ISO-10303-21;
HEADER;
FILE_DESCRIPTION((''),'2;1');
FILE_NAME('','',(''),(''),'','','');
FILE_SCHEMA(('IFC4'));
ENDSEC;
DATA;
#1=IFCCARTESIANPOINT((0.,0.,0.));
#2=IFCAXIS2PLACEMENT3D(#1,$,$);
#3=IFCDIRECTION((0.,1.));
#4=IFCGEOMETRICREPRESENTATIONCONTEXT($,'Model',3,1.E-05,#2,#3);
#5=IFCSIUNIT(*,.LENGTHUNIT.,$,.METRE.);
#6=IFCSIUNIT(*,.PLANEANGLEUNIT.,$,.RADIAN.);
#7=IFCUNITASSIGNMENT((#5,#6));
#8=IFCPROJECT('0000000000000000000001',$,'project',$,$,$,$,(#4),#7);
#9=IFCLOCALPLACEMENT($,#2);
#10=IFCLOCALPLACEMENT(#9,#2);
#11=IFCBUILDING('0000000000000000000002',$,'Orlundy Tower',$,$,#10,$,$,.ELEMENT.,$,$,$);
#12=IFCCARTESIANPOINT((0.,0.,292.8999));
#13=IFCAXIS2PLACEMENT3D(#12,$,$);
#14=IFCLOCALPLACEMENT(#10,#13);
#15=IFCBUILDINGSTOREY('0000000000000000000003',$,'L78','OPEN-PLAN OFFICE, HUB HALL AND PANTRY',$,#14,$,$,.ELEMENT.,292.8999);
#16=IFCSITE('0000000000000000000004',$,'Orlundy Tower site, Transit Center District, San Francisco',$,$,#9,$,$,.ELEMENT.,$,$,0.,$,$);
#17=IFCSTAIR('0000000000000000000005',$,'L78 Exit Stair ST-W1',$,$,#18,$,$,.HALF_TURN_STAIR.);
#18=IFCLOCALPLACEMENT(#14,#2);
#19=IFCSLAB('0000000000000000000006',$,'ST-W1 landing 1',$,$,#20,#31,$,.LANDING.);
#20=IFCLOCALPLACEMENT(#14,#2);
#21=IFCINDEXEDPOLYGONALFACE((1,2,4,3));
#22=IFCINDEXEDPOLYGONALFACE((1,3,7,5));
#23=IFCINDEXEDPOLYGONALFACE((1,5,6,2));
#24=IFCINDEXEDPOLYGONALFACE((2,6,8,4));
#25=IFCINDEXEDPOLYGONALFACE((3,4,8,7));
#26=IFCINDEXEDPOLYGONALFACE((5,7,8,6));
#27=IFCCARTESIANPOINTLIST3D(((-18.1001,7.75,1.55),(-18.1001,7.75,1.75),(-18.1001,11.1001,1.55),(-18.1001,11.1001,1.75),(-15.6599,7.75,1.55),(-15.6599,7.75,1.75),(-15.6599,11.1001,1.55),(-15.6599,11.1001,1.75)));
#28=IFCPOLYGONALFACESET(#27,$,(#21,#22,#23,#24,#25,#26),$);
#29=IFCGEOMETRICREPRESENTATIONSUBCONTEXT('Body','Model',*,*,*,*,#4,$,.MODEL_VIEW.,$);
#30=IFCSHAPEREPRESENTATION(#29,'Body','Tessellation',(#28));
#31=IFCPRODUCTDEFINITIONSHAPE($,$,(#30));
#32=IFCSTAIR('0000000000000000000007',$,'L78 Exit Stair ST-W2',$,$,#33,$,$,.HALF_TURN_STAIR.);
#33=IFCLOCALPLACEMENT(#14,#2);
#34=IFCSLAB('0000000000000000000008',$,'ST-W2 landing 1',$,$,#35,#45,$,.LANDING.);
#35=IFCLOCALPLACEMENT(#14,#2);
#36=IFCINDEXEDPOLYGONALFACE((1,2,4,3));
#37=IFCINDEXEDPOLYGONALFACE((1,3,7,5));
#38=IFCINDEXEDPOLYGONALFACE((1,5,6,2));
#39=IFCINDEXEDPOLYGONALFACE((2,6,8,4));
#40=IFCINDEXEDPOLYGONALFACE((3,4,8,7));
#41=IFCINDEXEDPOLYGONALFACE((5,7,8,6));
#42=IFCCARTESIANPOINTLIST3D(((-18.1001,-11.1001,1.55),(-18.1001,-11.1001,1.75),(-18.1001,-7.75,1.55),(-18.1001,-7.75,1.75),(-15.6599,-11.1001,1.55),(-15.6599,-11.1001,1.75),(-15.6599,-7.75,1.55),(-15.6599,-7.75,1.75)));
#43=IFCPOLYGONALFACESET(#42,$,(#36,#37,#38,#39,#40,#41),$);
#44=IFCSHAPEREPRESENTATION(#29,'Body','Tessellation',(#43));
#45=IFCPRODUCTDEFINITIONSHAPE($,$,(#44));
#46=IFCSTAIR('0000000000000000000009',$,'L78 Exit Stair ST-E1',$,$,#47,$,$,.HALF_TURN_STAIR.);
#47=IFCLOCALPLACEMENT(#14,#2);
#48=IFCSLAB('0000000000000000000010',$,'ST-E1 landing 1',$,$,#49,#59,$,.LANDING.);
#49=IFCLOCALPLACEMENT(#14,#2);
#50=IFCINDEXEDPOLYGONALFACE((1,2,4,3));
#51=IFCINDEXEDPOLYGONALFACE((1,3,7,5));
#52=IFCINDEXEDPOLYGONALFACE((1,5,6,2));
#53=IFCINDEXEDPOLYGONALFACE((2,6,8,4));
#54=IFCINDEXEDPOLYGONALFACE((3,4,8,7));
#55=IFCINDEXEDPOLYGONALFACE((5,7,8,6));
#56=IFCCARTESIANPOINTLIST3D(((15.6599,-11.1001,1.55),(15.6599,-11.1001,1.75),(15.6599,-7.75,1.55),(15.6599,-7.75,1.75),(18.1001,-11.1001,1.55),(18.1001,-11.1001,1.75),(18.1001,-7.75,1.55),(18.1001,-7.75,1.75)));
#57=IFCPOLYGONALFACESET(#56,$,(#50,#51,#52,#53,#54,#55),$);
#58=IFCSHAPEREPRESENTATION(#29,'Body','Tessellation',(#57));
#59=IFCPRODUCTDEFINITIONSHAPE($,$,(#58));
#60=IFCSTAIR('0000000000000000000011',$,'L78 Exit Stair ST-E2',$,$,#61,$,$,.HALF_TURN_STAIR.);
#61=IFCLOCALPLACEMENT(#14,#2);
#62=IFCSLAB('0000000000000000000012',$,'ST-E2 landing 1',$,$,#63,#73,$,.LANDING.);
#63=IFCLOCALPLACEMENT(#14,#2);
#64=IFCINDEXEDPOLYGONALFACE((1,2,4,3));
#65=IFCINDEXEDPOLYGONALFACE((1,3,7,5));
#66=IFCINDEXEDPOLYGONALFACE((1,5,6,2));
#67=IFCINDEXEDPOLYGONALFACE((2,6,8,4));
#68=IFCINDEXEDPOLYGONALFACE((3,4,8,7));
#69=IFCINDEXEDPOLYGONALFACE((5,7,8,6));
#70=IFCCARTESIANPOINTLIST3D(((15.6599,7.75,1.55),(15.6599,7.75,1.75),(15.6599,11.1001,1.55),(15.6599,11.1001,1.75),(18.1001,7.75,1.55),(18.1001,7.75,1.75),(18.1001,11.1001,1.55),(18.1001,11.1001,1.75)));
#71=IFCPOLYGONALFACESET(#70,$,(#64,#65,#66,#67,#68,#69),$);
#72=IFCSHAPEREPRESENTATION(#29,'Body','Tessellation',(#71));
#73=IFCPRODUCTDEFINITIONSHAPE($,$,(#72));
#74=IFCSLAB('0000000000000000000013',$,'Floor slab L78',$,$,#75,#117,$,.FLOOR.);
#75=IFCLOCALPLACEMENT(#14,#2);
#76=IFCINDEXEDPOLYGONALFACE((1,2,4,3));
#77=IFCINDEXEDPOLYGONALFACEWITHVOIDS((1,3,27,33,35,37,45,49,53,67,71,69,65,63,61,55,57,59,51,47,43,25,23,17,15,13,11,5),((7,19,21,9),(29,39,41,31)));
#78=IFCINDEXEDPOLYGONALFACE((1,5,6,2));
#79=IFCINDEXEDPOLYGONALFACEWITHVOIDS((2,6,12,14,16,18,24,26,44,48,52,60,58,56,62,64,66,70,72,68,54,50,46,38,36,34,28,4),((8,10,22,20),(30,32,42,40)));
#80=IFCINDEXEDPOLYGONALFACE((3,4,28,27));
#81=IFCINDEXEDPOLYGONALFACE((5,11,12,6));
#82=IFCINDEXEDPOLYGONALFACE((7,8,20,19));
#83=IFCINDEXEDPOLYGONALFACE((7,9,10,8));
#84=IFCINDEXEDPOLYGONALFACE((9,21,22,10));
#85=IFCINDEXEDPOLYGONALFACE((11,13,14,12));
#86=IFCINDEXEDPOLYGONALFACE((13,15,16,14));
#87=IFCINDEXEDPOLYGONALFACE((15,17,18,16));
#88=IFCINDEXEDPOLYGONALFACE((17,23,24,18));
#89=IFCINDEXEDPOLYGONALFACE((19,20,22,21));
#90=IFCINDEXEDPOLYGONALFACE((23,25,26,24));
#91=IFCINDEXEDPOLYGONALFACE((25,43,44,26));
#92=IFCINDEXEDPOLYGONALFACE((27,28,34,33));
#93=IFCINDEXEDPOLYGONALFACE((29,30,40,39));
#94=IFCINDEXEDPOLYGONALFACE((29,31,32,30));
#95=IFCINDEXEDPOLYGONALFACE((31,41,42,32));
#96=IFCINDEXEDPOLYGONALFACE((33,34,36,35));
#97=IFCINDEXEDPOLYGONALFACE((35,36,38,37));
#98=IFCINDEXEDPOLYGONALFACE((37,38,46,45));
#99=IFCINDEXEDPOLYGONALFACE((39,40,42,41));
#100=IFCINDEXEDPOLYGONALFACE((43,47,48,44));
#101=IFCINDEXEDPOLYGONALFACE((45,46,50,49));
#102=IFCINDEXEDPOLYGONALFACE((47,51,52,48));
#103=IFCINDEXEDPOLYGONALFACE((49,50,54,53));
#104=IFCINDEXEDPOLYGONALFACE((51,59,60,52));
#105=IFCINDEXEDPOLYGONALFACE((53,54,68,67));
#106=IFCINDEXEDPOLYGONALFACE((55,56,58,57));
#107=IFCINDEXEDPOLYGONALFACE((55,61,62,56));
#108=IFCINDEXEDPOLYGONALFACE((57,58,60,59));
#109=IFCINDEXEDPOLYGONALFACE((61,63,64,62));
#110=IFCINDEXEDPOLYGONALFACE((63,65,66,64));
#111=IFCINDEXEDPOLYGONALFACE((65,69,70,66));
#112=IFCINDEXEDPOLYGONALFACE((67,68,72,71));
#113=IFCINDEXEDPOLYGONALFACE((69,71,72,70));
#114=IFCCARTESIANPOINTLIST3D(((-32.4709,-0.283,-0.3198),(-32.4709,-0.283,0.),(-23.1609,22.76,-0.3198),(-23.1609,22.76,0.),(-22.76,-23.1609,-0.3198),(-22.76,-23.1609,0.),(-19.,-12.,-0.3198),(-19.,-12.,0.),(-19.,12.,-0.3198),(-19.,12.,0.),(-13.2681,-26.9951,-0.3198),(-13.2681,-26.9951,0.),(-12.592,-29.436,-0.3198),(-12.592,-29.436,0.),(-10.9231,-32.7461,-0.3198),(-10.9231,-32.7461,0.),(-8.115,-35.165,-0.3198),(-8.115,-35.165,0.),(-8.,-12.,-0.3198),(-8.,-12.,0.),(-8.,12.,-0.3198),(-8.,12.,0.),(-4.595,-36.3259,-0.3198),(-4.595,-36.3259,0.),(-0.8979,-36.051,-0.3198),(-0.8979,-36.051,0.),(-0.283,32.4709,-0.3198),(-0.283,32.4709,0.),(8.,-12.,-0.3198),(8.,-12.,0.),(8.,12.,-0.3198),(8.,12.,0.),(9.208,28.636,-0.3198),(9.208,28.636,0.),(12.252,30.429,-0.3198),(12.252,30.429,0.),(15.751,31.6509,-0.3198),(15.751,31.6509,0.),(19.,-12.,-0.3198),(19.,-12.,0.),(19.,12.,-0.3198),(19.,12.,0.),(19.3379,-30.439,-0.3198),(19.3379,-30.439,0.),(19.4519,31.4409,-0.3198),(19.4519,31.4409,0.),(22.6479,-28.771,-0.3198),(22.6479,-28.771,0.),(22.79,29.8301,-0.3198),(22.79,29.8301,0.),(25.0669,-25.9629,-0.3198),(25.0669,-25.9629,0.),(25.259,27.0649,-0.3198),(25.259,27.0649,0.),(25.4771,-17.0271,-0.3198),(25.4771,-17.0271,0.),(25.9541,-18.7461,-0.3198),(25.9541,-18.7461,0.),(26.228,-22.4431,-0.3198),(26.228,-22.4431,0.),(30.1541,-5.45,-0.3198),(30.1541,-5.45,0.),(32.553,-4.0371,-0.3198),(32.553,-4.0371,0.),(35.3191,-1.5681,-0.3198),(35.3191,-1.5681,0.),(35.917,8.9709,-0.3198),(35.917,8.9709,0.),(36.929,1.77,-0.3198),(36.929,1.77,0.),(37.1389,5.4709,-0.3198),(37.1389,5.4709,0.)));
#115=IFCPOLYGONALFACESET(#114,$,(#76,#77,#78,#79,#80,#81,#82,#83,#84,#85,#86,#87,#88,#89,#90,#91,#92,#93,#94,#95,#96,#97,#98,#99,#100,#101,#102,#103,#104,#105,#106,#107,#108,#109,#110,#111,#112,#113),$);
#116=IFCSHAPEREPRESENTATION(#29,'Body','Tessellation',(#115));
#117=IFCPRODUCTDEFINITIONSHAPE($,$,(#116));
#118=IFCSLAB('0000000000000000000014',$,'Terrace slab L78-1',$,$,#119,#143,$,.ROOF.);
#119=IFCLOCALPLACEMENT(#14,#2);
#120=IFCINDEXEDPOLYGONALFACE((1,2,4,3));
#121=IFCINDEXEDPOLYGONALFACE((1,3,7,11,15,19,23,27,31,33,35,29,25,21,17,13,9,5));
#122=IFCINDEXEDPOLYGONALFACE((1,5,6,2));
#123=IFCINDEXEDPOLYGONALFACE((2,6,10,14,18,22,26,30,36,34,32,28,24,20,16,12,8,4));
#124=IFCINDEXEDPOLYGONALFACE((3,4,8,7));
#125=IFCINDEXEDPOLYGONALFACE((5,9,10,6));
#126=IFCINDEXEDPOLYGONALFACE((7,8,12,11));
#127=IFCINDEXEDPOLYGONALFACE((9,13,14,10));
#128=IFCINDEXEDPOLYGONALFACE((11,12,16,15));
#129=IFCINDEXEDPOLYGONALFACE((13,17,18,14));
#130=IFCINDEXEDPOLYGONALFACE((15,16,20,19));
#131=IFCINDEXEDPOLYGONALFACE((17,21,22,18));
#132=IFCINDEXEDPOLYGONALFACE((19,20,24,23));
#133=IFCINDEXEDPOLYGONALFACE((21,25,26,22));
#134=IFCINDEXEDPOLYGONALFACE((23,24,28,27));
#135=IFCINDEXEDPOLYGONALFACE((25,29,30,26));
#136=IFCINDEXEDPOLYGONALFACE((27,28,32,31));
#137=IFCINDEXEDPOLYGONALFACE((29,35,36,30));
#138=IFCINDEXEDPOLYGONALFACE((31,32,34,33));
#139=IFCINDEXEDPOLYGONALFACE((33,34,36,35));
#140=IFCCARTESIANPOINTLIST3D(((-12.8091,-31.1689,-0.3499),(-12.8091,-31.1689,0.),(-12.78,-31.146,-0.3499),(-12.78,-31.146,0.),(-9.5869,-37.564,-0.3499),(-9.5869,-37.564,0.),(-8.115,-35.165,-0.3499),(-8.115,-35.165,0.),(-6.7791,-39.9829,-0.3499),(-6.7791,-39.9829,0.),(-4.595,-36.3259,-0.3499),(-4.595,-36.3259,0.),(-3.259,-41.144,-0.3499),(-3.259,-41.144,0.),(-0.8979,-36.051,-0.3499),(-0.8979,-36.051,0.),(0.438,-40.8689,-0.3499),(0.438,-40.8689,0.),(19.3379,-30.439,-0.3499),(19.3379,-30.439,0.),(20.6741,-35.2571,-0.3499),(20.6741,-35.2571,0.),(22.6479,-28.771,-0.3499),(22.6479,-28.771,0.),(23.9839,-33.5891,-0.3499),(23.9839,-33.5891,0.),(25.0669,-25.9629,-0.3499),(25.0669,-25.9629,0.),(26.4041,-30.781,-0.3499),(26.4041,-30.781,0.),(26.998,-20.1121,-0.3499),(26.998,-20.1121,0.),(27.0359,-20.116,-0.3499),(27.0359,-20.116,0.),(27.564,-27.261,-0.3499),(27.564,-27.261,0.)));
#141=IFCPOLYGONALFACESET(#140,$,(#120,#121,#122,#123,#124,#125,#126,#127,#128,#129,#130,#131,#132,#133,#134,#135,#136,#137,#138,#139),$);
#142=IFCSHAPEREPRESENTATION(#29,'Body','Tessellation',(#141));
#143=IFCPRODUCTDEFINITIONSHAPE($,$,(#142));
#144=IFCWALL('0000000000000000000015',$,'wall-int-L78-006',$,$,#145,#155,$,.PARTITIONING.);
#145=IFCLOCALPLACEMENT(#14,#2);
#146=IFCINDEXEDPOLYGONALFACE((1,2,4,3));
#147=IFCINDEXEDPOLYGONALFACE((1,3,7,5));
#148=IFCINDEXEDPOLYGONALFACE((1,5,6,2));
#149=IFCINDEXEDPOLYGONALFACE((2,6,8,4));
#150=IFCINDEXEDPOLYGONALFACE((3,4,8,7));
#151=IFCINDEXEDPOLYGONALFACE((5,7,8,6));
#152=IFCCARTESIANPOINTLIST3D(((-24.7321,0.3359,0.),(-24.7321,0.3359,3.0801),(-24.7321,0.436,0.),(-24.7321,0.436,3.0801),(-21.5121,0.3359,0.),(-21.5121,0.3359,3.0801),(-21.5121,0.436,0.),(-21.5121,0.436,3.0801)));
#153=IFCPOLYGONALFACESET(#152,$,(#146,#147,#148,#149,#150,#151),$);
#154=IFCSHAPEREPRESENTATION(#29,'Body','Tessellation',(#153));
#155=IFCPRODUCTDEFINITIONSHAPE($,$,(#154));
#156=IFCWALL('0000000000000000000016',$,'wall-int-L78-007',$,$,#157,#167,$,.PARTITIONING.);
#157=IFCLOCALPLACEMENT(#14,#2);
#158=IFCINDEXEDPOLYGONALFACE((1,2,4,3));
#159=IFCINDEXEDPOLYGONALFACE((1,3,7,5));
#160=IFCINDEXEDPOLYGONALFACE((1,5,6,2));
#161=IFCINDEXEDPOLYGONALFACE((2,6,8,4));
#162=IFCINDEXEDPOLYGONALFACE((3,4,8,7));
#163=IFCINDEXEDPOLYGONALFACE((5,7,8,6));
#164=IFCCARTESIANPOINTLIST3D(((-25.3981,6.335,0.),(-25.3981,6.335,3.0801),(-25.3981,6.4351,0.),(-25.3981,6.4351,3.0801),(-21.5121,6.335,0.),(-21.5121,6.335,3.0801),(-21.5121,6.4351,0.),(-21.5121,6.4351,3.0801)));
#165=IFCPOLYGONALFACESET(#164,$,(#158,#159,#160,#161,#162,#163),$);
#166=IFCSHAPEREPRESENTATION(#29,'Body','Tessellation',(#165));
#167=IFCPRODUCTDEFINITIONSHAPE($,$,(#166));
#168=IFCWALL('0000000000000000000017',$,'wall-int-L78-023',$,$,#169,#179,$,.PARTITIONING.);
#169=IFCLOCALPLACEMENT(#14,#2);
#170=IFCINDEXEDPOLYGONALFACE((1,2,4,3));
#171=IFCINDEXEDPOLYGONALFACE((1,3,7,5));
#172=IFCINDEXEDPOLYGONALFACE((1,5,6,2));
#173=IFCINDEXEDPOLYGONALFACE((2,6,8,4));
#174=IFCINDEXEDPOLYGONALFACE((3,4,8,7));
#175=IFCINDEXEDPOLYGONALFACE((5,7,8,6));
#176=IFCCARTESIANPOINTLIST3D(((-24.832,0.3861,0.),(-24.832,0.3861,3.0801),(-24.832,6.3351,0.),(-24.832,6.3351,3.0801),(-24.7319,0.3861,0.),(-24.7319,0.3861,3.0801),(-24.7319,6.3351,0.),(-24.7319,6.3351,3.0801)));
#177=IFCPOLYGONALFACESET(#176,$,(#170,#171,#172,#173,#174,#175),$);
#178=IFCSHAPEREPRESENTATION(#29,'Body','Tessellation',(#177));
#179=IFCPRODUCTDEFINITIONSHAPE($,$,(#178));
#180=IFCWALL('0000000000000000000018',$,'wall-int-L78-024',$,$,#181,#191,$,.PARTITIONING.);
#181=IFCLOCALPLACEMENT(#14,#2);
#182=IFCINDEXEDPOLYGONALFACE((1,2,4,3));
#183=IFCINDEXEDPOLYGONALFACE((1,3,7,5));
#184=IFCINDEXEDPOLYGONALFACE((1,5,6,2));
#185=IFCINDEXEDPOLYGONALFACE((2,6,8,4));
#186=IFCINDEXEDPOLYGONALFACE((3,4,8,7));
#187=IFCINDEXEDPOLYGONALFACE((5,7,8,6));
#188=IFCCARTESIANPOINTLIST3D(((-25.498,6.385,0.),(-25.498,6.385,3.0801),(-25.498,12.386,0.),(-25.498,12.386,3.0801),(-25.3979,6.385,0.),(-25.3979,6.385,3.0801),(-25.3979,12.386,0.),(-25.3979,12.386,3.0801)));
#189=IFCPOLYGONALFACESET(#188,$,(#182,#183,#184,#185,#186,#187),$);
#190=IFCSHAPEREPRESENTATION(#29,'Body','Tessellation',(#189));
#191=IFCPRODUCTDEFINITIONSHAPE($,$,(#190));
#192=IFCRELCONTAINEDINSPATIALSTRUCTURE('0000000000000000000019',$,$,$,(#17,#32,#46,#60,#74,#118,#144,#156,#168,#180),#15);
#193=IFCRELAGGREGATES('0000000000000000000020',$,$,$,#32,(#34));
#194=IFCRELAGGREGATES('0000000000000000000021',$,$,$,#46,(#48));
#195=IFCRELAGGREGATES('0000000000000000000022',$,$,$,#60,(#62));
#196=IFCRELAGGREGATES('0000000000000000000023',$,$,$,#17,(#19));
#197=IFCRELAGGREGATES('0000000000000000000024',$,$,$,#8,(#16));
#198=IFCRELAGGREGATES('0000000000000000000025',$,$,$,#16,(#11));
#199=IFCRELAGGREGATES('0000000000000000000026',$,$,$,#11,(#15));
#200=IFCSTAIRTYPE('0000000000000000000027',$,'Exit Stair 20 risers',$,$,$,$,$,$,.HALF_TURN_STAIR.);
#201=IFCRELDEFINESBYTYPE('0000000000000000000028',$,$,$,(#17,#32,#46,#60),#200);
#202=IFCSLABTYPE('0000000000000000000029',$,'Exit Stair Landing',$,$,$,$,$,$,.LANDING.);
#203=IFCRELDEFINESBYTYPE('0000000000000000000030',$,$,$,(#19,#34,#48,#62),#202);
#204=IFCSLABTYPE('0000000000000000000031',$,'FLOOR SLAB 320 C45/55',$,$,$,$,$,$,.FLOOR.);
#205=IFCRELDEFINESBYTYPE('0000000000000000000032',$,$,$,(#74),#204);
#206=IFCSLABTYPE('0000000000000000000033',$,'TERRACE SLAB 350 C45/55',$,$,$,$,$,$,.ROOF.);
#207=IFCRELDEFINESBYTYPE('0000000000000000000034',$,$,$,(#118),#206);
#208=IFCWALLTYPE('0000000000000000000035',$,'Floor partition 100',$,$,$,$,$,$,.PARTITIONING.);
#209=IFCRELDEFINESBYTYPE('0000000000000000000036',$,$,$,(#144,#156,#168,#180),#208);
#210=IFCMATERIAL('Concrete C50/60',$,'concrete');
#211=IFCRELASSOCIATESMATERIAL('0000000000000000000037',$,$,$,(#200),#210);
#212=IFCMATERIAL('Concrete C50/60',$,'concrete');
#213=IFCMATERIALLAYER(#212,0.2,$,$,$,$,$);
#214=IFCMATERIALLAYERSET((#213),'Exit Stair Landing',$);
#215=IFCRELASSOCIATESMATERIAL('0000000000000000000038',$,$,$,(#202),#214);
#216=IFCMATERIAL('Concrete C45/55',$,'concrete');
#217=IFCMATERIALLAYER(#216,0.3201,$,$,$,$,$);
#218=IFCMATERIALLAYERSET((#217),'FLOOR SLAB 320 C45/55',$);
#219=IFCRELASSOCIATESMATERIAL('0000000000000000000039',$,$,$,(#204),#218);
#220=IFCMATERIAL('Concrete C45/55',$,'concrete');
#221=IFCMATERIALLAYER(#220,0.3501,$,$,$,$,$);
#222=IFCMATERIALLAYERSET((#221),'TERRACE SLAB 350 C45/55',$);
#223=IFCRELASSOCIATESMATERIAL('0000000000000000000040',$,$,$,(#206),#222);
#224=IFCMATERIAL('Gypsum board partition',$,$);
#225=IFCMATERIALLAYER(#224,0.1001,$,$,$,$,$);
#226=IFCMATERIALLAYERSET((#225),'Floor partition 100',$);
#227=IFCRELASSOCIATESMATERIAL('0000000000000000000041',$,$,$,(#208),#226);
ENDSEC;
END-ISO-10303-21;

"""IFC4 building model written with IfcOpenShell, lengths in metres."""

from ifc_helpers import new_model, si_unit, direction, frame, frame_2d, origin, place, context, subcontext, project, spatial, polyline, rectangle, outline, extrude, material, layer, layer_set, type_object, element, aggregate, save


model = new_model("IFC4")

# Units and contexts
model_context = context("Model", 3, precision=1e-05, world=origin(), true_north=direction((0.0, 1.0)))
body_context = subcontext(model_context, "Body", "Model", "MODEL_VIEW")
ifc_project = project(units=[si_unit("LENGTHUNIT", "METRE"), si_unit("PLANEANGLEUNIT", "RADIAN")], contexts=[model_context])

# Site, building, storey
site_placement = place(None, origin())
site = spatial("IfcSite", under=ifc_project, at=site_placement, Name="Orlundy Tower site, Transit Center District, San Francisco", CompositionType="ELEMENT", RefElevation=0.0)
building_placement = place(site_placement, origin())
building = spatial("IfcBuilding", under=site, at=building_placement, Name="Orlundy Tower", CompositionType="ELEMENT")
storey_placement = place(building_placement, frame((0.0, 0.0, 292.8999)))
storey = spatial("IfcBuildingStorey", under=building, at=storey_placement, Name="L78", Description="OPEN-PLAN OFFICE, HUB HALL AND PANTRY", CompositionType="ELEMENT", Elevation=292.8999)

# Stairs, slabs
ifc_material_1 = material(Name="Concrete C50/60", Category="concrete")
stair_type = type_object("IfcStairType", Name="Exit Stair 20 risers", PredefinedType="HALF_TURN_STAIR", material=ifc_material_1)
stair_1_placement = place(storey_placement, origin())
stair_1 = element("IfcStair", 1, at=stair_1_placement, inside=storey, type_object=stair_type, Name="L78 Exit Stair ST-W1", PredefinedType="HALF_TURN_STAIR")
ifc_material_2 = material(Name="Concrete C50/60", Category="concrete")
ifc_layer_1 = layer(ifc_material_2, 0.2)
ifc_layer_set_1 = layer_set([ifc_layer_1], Name="Exit Stair Landing")
slab_type_1 = type_object("IfcSlabType", Name="Exit Stair Landing", PredefinedType="LANDING", material=ifc_layer_set_1)
slab_1_placement = place(storey_placement, frame((0.0, 0.0, 1.55)))
slab_1 = element("IfcSlab", 2, at=slab_1_placement, type_object=slab_type_1, Name="ST-W1 landing 1", PredefinedType="LANDING", context=body_context, shape_type="SweptSolid", body=[
    extrude(outline(polyline([(-15.6599, 11.1001), (-18.1001, 11.1001), (-18.1001, 7.75), (-15.6599, 7.75), (-15.6599, 11.1001)])), origin(), (0.0, 0.0, 1.0), 0.2),
])
stair_2_placement = place(storey_placement, origin())
stair_2 = element("IfcStair", 3, at=stair_2_placement, inside=storey, type_object=stair_type, Name="L78 Exit Stair ST-W2", PredefinedType="HALF_TURN_STAIR")
slab_2_placement = place(storey_placement, frame((0.0, 0.0, 1.55)))
slab_2 = element("IfcSlab", 4, at=slab_2_placement, type_object=slab_type_1, Name="ST-W2 landing 1", PredefinedType="LANDING", context=body_context, shape_type="SweptSolid", body=[
    extrude(outline(polyline([(-15.6599, -7.75), (-18.1001, -7.75), (-18.1001, -11.1001), (-15.6599, -11.1001), (-15.6599, -7.75)])), origin(), (0.0, 0.0, 1.0), 0.2),
])
aggregate(stair_2, [slab_2])
stair_3_placement = place(storey_placement, origin())
stair_3 = element("IfcStair", 5, at=stair_3_placement, inside=storey, type_object=stair_type, Name="L78 Exit Stair ST-E1", PredefinedType="HALF_TURN_STAIR")
slab_3_placement = place(storey_placement, frame((0.0, 0.0, 1.55)))
slab_3 = element("IfcSlab", 6, at=slab_3_placement, type_object=slab_type_1, Name="ST-E1 landing 1", PredefinedType="LANDING", context=body_context, shape_type="SweptSolid", body=[
    extrude(outline(polyline([(15.6599, -11.1001), (18.1001, -11.1001), (18.1001, -7.75), (15.6599, -7.75), (15.6599, -11.1001)])), origin(), (0.0, 0.0, 1.0), 0.2),
])
aggregate(stair_3, [slab_3])
stair_4_placement = place(storey_placement, origin())
stair_4 = element("IfcStair", 7, at=stair_4_placement, inside=storey, type_object=stair_type, Name="L78 Exit Stair ST-E2", PredefinedType="HALF_TURN_STAIR")
slab_4_placement = place(storey_placement, frame((0.0, 0.0, 1.55)))
slab_4 = element("IfcSlab", 8, at=slab_4_placement, type_object=slab_type_1, Name="ST-E2 landing 1", PredefinedType="LANDING", context=body_context, shape_type="SweptSolid", body=[
    extrude(outline(polyline([(15.6599, 7.75), (18.1001, 7.75), (18.1001, 11.1001), (15.6599, 11.1001), (15.6599, 7.75)])), origin(), (0.0, 0.0, 1.0), 0.2),
])
aggregate(stair_4, [slab_4])

# Slabs
ifc_material_3 = material(Name="Concrete C45/55", Category="concrete")
ifc_layer_2 = layer(ifc_material_3, 0.3201)
ifc_layer_set_2 = layer_set([ifc_layer_2], Name="FLOOR SLAB 320 C45/55")
slab_type_2 = type_object("IfcSlabType", Name="FLOOR SLAB 320 C45/55", PredefinedType="FLOOR", material=ifc_layer_set_2)
slab_5_placement = place(storey_placement, frame((0.0, 0.0, -0.3198)))
element("IfcSlab", 9, at=slab_5_placement, inside=storey, type_object=slab_type_2, Name="Floor slab L78", PredefinedType="FLOOR", context=body_context, shape_type="SweptSolid", body=[
    extrude(outline(polyline([(30.1541, -5.45), (25.4771, -17.0271), (25.9541, -18.7461), (26.228, -22.4431), (25.0669, -25.9629), (22.6479, -28.771), (19.3379, -30.439), (-0.8979, -36.051), (-4.595, -36.3259), (-8.115, -35.165), (-10.9231, -32.7461), (-12.592, -29.436), (-13.2681, -26.9951), (-22.76, -23.1609), (-32.4709, -0.283), (-23.1609, 22.76), (-0.283, 32.4709), (9.208, 28.636), (12.252, 30.429), (15.751, 31.6509), (19.4519, 31.4409), (22.79, 29.8301), (25.259, 27.0649), (35.917, 8.9709), (37.1389, 5.4709), (36.929, 1.77), (35.3191, -1.5681), (32.553, -4.0371), (30.1541, -5.45)]), holes=[polyline([(-8.0, -12.0), (-8.0, 12.0), (-19.0, 12.0), (-19.0, -12.0), (-8.0, -12.0)]), polyline([(19.0, -12.0), (19.0, 12.0), (8.0, 12.0), (8.0, -12.0), (19.0, -12.0)])]), origin(), (0.0, 0.0, 1.0), 0.3198),
])
ifc_material_4 = material(Name="Concrete C45/55", Category="concrete")
ifc_layer_3 = layer(ifc_material_4, 0.3501)
ifc_layer_set_3 = layer_set([ifc_layer_3], Name="TERRACE SLAB 350 C45/55")
slab_type_3 = type_object("IfcSlabType", Name="TERRACE SLAB 350 C45/55", PredefinedType="ROOF", material=ifc_layer_set_3)
slab_6_placement = place(storey_placement, frame((0.0, 0.0, -0.3499)))
element("IfcSlab", 10, at=slab_6_placement, inside=storey, type_object=slab_type_3, Name="Terrace slab L78-1", PredefinedType="ROOF", context=body_context, shape_type="SweptSolid", body=[
    extrude(outline(polyline([(-12.8091, -31.1689), (-12.78, -31.146), (-8.115, -35.165), (-4.595, -36.3259), (-0.8979, -36.051), (19.3379, -30.439), (22.6479, -28.771), (25.0669, -25.9629), (26.998, -20.1121), (27.0359, -20.116), (27.564, -27.261), (26.4041, -30.781), (23.9839, -33.5891), (20.6741, -35.2571), (0.438, -40.8689), (-3.259, -41.144), (-6.7791, -39.9829), (-9.5869, -37.564), (-12.8091, -31.1689)])), origin(), (0.0, 0.0, 1.0), 0.3499),
])

# Walls
ifc_material_5 = material(Name="Gypsum board partition")
ifc_layer_4 = layer(ifc_material_5, 0.1001)
ifc_layer_set_4 = layer_set([ifc_layer_4], Name="Floor partition 100")
wall_type_1 = type_object("IfcWallType", Name="Floor partition 100", PredefinedType="PARTITIONING", material=ifc_layer_set_4)
wall_1_placement = place(storey_placement, frame((-24.7319, 0.386, 0.0), z_axis=(0.0, 0.0, 1.0), x_axis=(1.0, 0.0, 0.0)))
element("IfcWall", 11, at=wall_1_placement, inside=storey, type_object=wall_type_1, Name="wall-int-L78-006", PredefinedType="PARTITIONING", context=body_context, shape_type="SweptSolid", body=[
    extrude(rectangle(XDim=3.22, YDim=0.1001, at=frame_2d((1.6099, 0.0))), origin(), (0.0, 0.0, 1.0), 3.0801),
])
wall_2_placement = place(storey_placement, frame((-25.3979, 6.385, 0.0), z_axis=(0.0, 0.0, 1.0), x_axis=(1.0, 0.0, 0.0)))
element("IfcWall", 12, at=wall_2_placement, inside=storey, type_object=wall_type_1, Name="wall-int-L78-007", PredefinedType="PARTITIONING", context=body_context, shape_type="SweptSolid", body=[
    extrude(rectangle(XDim=3.886, YDim=0.1001, at=frame_2d((1.9429, 0.0))), origin(), (0.0, 0.0, 1.0), 3.0801),
])
wall_3_placement = place(storey_placement, frame((-24.782, 0.386, 0.0), z_axis=(0.0, 0.0, 1.0), x_axis=(0.0, 1.0, 0.0)))
element("IfcWall", 13, at=wall_3_placement, inside=storey, type_object=wall_type_1, Name="wall-int-L78-023", PredefinedType="PARTITIONING", context=body_context, shape_type="SweptSolid", body=[
    extrude(rectangle(XDim=5.949, YDim=0.1001, at=frame_2d((2.9746, 0.0))), origin(), (0.0, 0.0, 1.0), 3.0801),
])
wall_4_placement = place(storey_placement, frame((-25.448, 6.385, 0.0), z_axis=(0.0, 0.0, 1.0), x_axis=(0.0, 1.0, 0.0)))
element("IfcWall", 14, at=wall_4_placement, inside=storey, type_object=wall_type_1, Name="wall-int-L78-024", PredefinedType="PARTITIONING", context=body_context, shape_type="SweptSolid", body=[
    extrude(rectangle(XDim=6.001, YDim=0.1001, at=frame_2d((3.0005, 0.0))), origin(), (0.0, 0.0, 1.0), 3.0801),
])

aggregate(stair_1, [slab_1])

save(model, "model.ifc")
